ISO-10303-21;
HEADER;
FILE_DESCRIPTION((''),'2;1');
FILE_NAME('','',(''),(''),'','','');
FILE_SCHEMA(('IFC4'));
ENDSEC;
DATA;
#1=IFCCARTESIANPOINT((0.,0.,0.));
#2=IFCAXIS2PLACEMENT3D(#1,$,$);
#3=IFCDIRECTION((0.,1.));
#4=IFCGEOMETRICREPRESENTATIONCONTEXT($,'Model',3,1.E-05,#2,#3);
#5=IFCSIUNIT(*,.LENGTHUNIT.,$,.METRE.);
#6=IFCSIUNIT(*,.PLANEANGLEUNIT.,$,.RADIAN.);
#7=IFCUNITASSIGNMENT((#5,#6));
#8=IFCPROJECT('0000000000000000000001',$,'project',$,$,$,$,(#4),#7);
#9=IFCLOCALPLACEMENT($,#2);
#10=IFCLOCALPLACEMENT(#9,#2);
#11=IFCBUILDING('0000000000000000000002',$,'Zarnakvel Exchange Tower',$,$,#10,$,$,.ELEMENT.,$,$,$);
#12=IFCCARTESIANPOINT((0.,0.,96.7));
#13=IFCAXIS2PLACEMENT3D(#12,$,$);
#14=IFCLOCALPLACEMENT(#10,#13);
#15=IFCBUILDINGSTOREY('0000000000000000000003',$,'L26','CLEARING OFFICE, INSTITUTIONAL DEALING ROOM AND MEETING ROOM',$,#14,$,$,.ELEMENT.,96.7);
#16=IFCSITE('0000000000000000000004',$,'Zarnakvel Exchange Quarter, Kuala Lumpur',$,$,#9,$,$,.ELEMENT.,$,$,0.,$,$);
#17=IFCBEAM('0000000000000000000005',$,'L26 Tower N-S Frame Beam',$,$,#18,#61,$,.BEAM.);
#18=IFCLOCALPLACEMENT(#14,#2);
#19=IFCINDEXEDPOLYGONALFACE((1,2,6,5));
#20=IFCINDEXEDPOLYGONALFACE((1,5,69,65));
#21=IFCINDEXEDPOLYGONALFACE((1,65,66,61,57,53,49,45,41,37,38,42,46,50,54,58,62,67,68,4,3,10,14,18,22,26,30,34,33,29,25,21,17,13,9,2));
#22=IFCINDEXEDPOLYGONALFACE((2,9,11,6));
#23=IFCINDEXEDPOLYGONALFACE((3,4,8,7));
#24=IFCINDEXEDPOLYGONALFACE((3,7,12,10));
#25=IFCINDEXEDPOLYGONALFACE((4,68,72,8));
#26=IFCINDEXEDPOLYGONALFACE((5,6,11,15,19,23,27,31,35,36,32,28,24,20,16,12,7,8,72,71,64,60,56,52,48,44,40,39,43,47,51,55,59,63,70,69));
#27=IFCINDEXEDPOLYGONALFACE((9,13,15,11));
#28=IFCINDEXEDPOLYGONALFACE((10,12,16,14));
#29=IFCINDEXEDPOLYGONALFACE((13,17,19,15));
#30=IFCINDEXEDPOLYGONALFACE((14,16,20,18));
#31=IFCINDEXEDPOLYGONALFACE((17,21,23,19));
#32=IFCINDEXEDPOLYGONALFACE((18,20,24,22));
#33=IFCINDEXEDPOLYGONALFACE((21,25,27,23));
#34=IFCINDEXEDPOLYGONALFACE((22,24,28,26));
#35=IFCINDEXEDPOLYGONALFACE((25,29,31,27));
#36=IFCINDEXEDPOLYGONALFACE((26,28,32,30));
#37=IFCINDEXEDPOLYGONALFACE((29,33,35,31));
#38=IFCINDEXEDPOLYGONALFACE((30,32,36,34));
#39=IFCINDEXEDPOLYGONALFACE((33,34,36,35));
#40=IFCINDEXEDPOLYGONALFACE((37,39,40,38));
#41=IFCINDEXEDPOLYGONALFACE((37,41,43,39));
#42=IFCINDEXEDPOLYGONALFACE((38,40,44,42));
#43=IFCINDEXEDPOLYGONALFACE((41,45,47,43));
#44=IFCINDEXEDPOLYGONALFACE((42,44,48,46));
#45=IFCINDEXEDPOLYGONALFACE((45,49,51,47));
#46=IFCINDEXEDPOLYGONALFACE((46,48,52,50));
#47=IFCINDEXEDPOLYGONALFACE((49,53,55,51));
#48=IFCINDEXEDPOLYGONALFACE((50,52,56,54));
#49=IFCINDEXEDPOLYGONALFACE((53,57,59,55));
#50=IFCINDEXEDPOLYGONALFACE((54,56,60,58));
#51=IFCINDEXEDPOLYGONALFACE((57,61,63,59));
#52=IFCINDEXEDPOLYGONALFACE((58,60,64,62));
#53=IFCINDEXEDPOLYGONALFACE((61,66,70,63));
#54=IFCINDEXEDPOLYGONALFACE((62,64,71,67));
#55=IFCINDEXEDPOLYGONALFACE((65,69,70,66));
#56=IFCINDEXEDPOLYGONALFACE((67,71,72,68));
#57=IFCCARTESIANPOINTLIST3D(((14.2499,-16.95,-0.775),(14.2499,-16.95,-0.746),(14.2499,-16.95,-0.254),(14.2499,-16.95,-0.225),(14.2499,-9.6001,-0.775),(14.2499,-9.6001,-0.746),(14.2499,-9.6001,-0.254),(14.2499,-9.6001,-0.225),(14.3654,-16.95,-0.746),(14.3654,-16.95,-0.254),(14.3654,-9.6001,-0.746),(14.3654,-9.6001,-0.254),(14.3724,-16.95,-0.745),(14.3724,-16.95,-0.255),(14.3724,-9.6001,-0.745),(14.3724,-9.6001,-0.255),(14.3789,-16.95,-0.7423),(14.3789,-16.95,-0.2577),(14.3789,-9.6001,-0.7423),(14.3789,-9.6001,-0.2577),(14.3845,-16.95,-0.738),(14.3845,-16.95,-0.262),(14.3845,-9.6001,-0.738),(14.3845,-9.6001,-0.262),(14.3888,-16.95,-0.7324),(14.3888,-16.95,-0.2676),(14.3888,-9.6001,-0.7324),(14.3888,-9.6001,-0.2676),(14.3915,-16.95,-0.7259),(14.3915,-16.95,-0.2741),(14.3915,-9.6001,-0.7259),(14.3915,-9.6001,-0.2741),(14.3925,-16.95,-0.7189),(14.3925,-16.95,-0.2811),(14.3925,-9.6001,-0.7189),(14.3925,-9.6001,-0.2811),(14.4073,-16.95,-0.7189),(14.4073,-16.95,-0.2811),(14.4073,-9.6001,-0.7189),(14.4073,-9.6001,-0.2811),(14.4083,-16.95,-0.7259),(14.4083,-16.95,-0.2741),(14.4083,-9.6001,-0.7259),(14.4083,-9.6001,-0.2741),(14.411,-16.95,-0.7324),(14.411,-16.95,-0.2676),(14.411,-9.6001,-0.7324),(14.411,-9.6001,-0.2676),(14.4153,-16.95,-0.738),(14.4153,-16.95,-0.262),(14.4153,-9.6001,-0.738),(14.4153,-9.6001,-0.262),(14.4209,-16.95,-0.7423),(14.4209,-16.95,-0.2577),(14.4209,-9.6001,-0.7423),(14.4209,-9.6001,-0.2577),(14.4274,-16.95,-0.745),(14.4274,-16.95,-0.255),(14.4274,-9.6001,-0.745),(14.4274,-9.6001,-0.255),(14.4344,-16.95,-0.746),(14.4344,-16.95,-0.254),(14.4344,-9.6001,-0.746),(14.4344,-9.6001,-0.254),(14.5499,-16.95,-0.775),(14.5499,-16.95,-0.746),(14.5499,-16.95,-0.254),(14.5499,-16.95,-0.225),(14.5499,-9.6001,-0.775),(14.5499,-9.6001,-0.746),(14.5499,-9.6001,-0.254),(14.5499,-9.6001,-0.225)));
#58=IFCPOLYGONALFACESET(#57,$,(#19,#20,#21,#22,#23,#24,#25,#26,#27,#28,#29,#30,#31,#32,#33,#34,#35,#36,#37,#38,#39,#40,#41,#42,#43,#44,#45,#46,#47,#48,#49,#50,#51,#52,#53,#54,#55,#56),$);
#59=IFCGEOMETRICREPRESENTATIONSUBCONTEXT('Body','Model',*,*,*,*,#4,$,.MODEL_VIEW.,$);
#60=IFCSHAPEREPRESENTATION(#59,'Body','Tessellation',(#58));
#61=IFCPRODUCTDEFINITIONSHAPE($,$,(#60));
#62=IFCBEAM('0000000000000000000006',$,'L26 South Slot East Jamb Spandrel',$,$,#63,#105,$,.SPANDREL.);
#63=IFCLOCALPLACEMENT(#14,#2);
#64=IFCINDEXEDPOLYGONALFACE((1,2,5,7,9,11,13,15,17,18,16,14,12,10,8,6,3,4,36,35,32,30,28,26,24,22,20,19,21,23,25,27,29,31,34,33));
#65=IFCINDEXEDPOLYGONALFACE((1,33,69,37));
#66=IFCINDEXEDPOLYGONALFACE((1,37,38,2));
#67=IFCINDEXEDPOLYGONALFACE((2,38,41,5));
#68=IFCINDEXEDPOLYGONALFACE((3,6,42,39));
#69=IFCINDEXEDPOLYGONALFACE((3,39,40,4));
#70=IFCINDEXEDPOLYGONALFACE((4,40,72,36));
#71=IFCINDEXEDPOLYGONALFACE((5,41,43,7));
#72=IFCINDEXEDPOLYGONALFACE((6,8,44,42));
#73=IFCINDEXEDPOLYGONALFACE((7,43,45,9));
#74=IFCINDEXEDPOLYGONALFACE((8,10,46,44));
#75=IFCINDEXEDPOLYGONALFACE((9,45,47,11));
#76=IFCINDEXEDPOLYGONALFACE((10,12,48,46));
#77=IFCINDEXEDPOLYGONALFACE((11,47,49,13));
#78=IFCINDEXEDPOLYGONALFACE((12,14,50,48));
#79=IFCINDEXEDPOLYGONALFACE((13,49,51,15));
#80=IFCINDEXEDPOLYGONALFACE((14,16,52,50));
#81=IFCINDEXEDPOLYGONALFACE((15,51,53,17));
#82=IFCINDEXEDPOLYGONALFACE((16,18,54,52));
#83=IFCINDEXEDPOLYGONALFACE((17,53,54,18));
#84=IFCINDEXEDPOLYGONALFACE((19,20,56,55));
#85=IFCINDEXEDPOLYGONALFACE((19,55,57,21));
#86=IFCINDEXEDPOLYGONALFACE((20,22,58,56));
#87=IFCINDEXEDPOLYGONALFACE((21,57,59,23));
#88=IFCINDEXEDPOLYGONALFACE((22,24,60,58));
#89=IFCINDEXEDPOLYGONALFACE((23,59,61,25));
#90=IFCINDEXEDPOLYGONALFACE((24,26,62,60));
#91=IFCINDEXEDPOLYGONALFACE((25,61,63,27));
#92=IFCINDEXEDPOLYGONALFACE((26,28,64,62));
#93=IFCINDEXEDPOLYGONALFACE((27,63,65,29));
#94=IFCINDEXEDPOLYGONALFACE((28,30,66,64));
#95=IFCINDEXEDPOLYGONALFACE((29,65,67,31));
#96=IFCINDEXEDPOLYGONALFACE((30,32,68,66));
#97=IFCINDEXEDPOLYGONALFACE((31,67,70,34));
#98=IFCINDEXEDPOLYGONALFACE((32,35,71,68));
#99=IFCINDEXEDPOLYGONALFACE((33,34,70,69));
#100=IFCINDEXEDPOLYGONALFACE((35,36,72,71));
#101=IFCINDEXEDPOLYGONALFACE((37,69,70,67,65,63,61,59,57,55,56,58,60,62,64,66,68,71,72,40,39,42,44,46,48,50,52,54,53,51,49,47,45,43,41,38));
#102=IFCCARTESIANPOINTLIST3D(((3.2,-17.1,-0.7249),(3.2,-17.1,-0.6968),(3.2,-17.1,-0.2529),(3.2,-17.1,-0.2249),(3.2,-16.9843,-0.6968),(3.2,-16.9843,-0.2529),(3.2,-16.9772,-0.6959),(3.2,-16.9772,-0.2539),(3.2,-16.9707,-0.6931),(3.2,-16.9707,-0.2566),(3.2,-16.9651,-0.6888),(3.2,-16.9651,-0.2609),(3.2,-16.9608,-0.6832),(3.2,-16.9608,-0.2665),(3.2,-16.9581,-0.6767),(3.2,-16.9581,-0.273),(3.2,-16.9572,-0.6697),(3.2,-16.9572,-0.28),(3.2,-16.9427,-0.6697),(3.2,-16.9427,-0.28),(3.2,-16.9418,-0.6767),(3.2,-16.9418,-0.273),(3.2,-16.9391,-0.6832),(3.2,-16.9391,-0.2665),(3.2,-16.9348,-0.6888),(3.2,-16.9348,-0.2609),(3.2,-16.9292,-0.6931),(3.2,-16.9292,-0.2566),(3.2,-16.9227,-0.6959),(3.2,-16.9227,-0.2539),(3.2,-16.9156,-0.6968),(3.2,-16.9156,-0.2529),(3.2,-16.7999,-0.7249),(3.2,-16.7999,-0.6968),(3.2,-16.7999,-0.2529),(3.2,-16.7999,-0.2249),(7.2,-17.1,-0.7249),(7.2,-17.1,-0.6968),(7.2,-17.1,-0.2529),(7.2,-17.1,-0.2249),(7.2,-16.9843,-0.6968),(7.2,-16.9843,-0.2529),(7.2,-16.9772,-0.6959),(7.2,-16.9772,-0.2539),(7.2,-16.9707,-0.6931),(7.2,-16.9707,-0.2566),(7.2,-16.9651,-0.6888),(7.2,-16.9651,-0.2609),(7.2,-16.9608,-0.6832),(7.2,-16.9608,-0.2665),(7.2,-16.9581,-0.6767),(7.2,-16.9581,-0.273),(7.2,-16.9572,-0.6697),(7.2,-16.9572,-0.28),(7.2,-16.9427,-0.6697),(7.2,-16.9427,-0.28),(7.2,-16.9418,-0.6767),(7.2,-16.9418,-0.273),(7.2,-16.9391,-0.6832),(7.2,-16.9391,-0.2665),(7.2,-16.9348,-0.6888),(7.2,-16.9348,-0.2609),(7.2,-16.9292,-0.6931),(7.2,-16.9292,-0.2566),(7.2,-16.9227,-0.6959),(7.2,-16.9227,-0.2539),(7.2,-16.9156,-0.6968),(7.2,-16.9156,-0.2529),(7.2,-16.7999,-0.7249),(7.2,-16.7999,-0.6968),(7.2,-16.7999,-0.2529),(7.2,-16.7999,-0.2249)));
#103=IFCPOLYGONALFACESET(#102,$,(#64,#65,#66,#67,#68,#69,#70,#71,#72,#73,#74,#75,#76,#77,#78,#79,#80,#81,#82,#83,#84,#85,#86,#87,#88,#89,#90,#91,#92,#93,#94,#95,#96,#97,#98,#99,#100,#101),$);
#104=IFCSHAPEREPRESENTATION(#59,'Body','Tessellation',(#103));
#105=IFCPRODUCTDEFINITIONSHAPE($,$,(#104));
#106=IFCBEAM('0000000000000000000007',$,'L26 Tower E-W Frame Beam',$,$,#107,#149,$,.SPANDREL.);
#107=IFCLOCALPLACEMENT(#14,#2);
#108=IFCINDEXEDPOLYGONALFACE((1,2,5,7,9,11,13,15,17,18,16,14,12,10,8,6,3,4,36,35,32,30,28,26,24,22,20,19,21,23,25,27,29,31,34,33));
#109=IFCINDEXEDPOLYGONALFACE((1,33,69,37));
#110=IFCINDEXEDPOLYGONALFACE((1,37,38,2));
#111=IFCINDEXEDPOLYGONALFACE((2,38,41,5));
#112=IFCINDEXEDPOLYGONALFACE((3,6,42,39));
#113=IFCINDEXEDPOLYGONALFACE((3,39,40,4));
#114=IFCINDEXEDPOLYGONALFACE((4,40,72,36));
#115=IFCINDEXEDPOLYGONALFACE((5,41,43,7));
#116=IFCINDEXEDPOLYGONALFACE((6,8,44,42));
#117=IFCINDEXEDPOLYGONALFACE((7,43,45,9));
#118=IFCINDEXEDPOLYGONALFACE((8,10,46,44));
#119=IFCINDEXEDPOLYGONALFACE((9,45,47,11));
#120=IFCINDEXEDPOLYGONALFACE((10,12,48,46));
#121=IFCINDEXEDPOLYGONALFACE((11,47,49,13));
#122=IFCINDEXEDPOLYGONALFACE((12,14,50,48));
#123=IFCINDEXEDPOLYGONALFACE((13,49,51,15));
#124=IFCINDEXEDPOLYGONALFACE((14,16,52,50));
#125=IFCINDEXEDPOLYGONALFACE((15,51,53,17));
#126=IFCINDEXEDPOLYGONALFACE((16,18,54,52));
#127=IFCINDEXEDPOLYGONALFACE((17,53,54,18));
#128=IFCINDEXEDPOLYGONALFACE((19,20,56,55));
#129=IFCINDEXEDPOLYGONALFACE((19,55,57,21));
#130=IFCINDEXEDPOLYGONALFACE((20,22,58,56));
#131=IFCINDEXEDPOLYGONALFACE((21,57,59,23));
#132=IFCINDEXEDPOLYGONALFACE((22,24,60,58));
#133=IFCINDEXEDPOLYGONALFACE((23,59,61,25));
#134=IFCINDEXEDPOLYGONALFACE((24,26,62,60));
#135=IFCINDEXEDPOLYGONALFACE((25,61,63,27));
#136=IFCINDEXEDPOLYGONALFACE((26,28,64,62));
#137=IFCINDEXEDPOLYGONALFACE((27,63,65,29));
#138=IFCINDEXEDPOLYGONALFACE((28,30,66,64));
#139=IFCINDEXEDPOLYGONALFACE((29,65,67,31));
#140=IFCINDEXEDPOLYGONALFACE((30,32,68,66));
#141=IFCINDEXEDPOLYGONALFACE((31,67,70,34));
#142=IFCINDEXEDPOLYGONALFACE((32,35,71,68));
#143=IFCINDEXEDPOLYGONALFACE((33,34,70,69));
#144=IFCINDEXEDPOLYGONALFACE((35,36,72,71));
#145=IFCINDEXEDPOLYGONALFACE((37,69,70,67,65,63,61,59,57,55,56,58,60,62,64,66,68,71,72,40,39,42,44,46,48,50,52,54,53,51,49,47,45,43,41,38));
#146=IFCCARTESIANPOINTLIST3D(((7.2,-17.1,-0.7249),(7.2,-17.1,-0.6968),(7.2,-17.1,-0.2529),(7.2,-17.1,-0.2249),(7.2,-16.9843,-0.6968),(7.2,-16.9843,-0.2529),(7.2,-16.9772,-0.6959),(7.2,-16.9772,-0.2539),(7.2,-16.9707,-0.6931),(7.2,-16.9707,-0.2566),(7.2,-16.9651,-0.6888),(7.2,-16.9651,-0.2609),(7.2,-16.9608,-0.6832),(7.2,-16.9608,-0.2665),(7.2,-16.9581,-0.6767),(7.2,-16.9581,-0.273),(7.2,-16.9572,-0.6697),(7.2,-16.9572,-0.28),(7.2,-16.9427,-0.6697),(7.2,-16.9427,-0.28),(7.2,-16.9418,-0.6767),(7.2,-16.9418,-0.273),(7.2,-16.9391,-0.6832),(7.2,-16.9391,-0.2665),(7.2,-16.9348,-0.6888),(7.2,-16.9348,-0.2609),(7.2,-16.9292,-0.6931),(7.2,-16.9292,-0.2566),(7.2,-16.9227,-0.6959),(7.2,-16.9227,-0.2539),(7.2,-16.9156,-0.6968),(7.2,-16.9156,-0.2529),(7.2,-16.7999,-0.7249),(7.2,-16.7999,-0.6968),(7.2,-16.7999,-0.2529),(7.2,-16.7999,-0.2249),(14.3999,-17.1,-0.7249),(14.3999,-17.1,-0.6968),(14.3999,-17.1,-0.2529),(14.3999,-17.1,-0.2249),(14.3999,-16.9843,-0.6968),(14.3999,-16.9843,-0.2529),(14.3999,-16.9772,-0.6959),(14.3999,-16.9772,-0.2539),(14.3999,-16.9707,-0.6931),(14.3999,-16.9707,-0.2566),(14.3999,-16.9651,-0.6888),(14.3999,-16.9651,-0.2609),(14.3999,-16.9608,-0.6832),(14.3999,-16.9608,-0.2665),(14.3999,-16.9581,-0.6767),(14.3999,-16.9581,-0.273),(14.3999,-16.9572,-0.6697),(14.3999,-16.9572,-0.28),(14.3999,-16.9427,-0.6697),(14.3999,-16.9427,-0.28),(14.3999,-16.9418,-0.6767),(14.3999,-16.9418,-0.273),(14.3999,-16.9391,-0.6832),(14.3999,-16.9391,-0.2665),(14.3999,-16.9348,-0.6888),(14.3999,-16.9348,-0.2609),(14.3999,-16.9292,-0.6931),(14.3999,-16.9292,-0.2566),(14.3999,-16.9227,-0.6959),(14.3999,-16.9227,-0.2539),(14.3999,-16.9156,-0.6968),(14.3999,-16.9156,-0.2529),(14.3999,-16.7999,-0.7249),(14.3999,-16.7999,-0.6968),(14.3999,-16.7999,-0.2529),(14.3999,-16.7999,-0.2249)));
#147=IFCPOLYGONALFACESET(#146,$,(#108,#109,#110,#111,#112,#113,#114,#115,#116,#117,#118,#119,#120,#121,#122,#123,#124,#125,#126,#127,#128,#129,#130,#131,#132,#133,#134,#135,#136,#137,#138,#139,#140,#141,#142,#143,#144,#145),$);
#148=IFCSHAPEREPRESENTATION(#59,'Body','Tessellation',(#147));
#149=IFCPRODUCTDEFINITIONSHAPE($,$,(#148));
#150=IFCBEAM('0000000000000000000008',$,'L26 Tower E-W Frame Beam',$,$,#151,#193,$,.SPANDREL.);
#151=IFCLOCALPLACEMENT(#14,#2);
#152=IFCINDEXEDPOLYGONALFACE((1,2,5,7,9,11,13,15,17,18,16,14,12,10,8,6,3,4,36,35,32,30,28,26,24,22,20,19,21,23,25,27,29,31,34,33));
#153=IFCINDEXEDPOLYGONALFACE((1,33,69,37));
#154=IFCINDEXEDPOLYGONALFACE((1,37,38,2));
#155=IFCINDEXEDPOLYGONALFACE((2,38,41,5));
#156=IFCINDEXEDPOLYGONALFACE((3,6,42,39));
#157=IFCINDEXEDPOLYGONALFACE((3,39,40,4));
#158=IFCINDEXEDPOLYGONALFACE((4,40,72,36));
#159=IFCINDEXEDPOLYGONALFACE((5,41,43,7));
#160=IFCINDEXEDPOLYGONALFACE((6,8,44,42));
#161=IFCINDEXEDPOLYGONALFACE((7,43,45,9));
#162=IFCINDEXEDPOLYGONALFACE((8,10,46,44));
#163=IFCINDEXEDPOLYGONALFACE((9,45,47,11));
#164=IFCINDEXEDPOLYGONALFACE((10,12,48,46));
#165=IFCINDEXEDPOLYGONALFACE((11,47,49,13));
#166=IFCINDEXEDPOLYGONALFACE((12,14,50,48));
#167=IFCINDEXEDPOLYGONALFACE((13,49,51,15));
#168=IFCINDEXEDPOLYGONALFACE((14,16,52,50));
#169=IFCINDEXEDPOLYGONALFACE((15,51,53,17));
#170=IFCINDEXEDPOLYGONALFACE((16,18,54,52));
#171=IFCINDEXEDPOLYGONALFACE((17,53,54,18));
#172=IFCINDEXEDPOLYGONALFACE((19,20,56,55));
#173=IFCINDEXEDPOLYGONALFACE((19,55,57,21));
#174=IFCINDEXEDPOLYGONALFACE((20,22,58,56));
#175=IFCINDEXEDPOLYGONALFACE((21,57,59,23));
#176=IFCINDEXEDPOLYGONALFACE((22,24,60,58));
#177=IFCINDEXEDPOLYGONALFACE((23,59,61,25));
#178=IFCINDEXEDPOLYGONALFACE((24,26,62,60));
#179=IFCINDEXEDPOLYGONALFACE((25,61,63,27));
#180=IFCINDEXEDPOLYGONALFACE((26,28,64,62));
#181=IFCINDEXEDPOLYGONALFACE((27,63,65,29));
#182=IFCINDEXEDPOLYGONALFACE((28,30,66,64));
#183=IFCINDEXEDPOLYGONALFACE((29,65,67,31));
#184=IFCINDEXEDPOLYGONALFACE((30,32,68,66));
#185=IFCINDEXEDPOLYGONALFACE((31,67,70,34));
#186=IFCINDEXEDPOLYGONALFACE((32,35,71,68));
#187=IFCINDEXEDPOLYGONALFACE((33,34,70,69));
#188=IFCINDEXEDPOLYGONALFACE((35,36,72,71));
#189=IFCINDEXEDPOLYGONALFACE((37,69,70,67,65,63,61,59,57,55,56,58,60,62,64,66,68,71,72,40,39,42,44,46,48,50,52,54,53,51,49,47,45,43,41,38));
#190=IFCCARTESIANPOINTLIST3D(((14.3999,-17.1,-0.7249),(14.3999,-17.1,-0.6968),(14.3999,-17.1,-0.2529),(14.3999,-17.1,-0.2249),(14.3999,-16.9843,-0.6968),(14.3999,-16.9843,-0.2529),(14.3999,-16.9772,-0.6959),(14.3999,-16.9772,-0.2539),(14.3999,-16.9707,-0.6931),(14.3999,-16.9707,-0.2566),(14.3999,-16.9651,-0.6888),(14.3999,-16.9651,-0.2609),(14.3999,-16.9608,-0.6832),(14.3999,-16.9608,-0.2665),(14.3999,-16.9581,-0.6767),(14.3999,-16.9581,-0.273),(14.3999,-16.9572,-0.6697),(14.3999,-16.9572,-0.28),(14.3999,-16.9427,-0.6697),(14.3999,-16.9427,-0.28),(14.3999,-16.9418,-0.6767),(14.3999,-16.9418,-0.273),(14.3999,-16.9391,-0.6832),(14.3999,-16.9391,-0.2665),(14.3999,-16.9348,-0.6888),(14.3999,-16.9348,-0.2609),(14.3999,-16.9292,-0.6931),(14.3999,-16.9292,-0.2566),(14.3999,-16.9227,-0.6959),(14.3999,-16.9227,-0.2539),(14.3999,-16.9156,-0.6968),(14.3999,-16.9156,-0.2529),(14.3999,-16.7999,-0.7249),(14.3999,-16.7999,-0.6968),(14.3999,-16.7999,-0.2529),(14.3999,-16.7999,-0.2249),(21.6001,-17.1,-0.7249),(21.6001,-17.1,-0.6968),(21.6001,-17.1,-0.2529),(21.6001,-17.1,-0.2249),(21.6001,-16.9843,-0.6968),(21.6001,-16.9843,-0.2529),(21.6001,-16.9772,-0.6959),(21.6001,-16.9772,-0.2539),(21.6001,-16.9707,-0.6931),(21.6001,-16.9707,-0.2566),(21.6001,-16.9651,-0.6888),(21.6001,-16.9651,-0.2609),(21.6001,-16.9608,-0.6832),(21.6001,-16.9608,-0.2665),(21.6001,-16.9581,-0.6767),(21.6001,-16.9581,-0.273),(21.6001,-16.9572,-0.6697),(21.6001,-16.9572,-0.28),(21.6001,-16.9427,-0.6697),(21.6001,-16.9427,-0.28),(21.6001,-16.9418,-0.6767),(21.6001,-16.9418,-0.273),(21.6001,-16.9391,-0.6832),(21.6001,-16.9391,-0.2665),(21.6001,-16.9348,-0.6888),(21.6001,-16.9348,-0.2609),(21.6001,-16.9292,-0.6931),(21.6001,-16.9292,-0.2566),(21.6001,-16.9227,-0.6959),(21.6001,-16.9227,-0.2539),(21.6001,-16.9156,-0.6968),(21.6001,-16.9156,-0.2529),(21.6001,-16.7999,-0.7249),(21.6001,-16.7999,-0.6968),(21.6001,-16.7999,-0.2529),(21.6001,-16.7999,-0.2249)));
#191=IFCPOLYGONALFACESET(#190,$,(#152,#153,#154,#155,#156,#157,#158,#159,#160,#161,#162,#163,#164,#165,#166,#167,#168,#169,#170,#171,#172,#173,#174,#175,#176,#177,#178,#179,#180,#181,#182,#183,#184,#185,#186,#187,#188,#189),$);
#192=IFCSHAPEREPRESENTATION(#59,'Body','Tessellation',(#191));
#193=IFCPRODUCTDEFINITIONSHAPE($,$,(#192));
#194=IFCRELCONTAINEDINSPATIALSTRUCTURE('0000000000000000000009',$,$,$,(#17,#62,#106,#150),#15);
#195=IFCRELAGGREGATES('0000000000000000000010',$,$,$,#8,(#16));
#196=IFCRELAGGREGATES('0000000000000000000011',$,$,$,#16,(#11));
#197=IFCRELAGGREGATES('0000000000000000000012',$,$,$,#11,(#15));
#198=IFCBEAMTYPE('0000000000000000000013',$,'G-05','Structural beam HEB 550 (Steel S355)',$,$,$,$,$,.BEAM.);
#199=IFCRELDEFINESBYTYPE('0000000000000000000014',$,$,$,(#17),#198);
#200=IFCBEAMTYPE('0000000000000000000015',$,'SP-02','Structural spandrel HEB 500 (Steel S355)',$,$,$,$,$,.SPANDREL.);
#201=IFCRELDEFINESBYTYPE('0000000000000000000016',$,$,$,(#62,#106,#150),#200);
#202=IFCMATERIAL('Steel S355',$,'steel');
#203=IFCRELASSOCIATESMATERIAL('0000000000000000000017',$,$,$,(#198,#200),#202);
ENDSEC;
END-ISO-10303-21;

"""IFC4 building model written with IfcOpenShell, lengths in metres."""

from ifc_helpers import new_model, si_unit, direction, frame, origin, origin_2d, place, context, subcontext, project, spatial, i_section, extrude, material, material_profile, profile_set, type_object, element, save


model = new_model("IFC4")

# Units and contexts
model_context = context("Model", 3, precision=1e-05, world=origin(), true_north=direction((0.0, 1.0)))
body_context = subcontext(model_context, "Body", "Model", "MODEL_VIEW")
ifc_project = project(units=[si_unit("LENGTHUNIT", "METRE"), si_unit("PLANEANGLEUNIT", "RADIAN")], contexts=[model_context])

# Site, building, storey
site_placement = place(None, origin())
site = spatial("IfcSite", under=ifc_project, at=site_placement, Name="Zarnakvel Exchange Quarter, Kuala Lumpur", CompositionType="ELEMENT", RefElevation=0.0)
building_placement = place(site_placement, origin())
building = spatial("IfcBuilding", under=site, at=building_placement, Name="Zarnakvel Exchange Tower", CompositionType="ELEMENT")
storey_placement = place(building_placement, frame((0.0, 0.0, 96.7)))
storey = spatial("IfcBuildingStorey", under=building, at=storey_placement, Name="L26", Description="CLEARING OFFICE, INSTITUTIONAL DEALING ROOM AND MEETING ROOM", CompositionType="ELEMENT", Elevation=96.7)

# Beams
ifc_material_1 = material(Name="Steel S355", Category="steel")
ifc_material_profile_1 = material_profile(ifc_material_1, i_section(OverallWidth=0.3, OverallDepth=0.55, WebThickness=0.0149, FlangeThickness=0.0291, FilletRadius=0.0271, at=origin_2d()))
ifc_profile_set_1 = profile_set([ifc_material_profile_1], Name="Steel S355")
beam_type_1 = type_object("IfcBeamType", Name="G-05", Description="Structural beam HEB 550 (Steel S355)", PredefinedType="BEAM", material=ifc_profile_set_1)
for number, where, z_axis, x_axis, name in (
    (1, (14.3999, -16.95, -0.5), (0.0, 1.0, 0.0), (-1.0, 0.0, 0.0), "L26 Tower N-S Frame Beam"),
):
    element("IfcBeam", number, at=place(storey_placement, frame(where, z_axis=z_axis, x_axis=x_axis)), inside=storey, type_object=beam_type_1, Name=name, PredefinedType="BEAM", context=body_context, shape_type="SweptSolid", body=[
        extrude(i_section(OverallWidth=0.3, OverallDepth=0.55, WebThickness=0.0149, FlangeThickness=0.0291, FilletRadius=0.0271, at=origin_2d()), origin(), (0.0, 0.0, 1.0), 7.3499),
    ])
ifc_material_profile_2 = material_profile(ifc_material_1, i_section(OverallWidth=0.3, OverallDepth=0.5, WebThickness=0.0144, FlangeThickness=0.0281, FilletRadius=0.0271, at=origin_2d()))
ifc_profile_set_2 = profile_set([ifc_material_profile_2], Name="Steel S355")
beam_type_2 = type_object("IfcBeamType", Name="SP-02", Description="Structural spandrel HEB 500 (Steel S355)", PredefinedType="SPANDREL", material=ifc_profile_set_2)
beam_1_placement = place(storey_placement, frame((3.2, -16.95, -0.4749), z_axis=(1.0, 0.0, 0.0), x_axis=(0.0, 1.0, 0.0)))
element("IfcBeam", 2, at=beam_1_placement, inside=storey, type_object=beam_type_2, Name="L26 South Slot East Jamb Spandrel", PredefinedType="SPANDREL", context=body_context, shape_type="SweptSolid", body=[
    extrude(i_section(OverallWidth=0.3, OverallDepth=0.5, WebThickness=0.0144, FlangeThickness=0.0281, FilletRadius=0.0271, at=origin_2d()), origin(), (0.0, 0.0, 1.0), 4.0),
])
beam_2_placement = place(storey_placement, frame((7.2, -16.95, -0.4749), z_axis=(1.0, 0.0, 0.0), x_axis=(0.0, 1.0, 0.0)))
element("IfcBeam", 3, at=beam_2_placement, inside=storey, type_object=beam_type_2, Name="L26 Tower E-W Frame Beam", PredefinedType="SPANDREL", context=body_context, shape_type="SweptSolid", body=[
    extrude(i_section(OverallWidth=0.3, OverallDepth=0.5, WebThickness=0.0144, FlangeThickness=0.0281, FilletRadius=0.0271, at=origin_2d()), origin(), (0.0, 0.0, 1.0), 7.2),
])
beam_3_placement = place(storey_placement, frame((14.3999, -16.95, -0.4749), z_axis=(1.0, 0.0, 0.0), x_axis=(0.0, 1.0, 0.0)))
element("IfcBeam", 4, at=beam_3_placement, inside=storey, type_object=beam_type_2, Name="L26 Tower E-W Frame Beam", PredefinedType="SPANDREL", context=body_context, shape_type="SweptSolid", body=[
    extrude(i_section(OverallWidth=0.3, OverallDepth=0.5, WebThickness=0.0144, FlangeThickness=0.0281, FilletRadius=0.0271, at=origin_2d()), origin(), (0.0, 0.0, 1.0), 7.2002),
])

save(model, "model.ifc")
